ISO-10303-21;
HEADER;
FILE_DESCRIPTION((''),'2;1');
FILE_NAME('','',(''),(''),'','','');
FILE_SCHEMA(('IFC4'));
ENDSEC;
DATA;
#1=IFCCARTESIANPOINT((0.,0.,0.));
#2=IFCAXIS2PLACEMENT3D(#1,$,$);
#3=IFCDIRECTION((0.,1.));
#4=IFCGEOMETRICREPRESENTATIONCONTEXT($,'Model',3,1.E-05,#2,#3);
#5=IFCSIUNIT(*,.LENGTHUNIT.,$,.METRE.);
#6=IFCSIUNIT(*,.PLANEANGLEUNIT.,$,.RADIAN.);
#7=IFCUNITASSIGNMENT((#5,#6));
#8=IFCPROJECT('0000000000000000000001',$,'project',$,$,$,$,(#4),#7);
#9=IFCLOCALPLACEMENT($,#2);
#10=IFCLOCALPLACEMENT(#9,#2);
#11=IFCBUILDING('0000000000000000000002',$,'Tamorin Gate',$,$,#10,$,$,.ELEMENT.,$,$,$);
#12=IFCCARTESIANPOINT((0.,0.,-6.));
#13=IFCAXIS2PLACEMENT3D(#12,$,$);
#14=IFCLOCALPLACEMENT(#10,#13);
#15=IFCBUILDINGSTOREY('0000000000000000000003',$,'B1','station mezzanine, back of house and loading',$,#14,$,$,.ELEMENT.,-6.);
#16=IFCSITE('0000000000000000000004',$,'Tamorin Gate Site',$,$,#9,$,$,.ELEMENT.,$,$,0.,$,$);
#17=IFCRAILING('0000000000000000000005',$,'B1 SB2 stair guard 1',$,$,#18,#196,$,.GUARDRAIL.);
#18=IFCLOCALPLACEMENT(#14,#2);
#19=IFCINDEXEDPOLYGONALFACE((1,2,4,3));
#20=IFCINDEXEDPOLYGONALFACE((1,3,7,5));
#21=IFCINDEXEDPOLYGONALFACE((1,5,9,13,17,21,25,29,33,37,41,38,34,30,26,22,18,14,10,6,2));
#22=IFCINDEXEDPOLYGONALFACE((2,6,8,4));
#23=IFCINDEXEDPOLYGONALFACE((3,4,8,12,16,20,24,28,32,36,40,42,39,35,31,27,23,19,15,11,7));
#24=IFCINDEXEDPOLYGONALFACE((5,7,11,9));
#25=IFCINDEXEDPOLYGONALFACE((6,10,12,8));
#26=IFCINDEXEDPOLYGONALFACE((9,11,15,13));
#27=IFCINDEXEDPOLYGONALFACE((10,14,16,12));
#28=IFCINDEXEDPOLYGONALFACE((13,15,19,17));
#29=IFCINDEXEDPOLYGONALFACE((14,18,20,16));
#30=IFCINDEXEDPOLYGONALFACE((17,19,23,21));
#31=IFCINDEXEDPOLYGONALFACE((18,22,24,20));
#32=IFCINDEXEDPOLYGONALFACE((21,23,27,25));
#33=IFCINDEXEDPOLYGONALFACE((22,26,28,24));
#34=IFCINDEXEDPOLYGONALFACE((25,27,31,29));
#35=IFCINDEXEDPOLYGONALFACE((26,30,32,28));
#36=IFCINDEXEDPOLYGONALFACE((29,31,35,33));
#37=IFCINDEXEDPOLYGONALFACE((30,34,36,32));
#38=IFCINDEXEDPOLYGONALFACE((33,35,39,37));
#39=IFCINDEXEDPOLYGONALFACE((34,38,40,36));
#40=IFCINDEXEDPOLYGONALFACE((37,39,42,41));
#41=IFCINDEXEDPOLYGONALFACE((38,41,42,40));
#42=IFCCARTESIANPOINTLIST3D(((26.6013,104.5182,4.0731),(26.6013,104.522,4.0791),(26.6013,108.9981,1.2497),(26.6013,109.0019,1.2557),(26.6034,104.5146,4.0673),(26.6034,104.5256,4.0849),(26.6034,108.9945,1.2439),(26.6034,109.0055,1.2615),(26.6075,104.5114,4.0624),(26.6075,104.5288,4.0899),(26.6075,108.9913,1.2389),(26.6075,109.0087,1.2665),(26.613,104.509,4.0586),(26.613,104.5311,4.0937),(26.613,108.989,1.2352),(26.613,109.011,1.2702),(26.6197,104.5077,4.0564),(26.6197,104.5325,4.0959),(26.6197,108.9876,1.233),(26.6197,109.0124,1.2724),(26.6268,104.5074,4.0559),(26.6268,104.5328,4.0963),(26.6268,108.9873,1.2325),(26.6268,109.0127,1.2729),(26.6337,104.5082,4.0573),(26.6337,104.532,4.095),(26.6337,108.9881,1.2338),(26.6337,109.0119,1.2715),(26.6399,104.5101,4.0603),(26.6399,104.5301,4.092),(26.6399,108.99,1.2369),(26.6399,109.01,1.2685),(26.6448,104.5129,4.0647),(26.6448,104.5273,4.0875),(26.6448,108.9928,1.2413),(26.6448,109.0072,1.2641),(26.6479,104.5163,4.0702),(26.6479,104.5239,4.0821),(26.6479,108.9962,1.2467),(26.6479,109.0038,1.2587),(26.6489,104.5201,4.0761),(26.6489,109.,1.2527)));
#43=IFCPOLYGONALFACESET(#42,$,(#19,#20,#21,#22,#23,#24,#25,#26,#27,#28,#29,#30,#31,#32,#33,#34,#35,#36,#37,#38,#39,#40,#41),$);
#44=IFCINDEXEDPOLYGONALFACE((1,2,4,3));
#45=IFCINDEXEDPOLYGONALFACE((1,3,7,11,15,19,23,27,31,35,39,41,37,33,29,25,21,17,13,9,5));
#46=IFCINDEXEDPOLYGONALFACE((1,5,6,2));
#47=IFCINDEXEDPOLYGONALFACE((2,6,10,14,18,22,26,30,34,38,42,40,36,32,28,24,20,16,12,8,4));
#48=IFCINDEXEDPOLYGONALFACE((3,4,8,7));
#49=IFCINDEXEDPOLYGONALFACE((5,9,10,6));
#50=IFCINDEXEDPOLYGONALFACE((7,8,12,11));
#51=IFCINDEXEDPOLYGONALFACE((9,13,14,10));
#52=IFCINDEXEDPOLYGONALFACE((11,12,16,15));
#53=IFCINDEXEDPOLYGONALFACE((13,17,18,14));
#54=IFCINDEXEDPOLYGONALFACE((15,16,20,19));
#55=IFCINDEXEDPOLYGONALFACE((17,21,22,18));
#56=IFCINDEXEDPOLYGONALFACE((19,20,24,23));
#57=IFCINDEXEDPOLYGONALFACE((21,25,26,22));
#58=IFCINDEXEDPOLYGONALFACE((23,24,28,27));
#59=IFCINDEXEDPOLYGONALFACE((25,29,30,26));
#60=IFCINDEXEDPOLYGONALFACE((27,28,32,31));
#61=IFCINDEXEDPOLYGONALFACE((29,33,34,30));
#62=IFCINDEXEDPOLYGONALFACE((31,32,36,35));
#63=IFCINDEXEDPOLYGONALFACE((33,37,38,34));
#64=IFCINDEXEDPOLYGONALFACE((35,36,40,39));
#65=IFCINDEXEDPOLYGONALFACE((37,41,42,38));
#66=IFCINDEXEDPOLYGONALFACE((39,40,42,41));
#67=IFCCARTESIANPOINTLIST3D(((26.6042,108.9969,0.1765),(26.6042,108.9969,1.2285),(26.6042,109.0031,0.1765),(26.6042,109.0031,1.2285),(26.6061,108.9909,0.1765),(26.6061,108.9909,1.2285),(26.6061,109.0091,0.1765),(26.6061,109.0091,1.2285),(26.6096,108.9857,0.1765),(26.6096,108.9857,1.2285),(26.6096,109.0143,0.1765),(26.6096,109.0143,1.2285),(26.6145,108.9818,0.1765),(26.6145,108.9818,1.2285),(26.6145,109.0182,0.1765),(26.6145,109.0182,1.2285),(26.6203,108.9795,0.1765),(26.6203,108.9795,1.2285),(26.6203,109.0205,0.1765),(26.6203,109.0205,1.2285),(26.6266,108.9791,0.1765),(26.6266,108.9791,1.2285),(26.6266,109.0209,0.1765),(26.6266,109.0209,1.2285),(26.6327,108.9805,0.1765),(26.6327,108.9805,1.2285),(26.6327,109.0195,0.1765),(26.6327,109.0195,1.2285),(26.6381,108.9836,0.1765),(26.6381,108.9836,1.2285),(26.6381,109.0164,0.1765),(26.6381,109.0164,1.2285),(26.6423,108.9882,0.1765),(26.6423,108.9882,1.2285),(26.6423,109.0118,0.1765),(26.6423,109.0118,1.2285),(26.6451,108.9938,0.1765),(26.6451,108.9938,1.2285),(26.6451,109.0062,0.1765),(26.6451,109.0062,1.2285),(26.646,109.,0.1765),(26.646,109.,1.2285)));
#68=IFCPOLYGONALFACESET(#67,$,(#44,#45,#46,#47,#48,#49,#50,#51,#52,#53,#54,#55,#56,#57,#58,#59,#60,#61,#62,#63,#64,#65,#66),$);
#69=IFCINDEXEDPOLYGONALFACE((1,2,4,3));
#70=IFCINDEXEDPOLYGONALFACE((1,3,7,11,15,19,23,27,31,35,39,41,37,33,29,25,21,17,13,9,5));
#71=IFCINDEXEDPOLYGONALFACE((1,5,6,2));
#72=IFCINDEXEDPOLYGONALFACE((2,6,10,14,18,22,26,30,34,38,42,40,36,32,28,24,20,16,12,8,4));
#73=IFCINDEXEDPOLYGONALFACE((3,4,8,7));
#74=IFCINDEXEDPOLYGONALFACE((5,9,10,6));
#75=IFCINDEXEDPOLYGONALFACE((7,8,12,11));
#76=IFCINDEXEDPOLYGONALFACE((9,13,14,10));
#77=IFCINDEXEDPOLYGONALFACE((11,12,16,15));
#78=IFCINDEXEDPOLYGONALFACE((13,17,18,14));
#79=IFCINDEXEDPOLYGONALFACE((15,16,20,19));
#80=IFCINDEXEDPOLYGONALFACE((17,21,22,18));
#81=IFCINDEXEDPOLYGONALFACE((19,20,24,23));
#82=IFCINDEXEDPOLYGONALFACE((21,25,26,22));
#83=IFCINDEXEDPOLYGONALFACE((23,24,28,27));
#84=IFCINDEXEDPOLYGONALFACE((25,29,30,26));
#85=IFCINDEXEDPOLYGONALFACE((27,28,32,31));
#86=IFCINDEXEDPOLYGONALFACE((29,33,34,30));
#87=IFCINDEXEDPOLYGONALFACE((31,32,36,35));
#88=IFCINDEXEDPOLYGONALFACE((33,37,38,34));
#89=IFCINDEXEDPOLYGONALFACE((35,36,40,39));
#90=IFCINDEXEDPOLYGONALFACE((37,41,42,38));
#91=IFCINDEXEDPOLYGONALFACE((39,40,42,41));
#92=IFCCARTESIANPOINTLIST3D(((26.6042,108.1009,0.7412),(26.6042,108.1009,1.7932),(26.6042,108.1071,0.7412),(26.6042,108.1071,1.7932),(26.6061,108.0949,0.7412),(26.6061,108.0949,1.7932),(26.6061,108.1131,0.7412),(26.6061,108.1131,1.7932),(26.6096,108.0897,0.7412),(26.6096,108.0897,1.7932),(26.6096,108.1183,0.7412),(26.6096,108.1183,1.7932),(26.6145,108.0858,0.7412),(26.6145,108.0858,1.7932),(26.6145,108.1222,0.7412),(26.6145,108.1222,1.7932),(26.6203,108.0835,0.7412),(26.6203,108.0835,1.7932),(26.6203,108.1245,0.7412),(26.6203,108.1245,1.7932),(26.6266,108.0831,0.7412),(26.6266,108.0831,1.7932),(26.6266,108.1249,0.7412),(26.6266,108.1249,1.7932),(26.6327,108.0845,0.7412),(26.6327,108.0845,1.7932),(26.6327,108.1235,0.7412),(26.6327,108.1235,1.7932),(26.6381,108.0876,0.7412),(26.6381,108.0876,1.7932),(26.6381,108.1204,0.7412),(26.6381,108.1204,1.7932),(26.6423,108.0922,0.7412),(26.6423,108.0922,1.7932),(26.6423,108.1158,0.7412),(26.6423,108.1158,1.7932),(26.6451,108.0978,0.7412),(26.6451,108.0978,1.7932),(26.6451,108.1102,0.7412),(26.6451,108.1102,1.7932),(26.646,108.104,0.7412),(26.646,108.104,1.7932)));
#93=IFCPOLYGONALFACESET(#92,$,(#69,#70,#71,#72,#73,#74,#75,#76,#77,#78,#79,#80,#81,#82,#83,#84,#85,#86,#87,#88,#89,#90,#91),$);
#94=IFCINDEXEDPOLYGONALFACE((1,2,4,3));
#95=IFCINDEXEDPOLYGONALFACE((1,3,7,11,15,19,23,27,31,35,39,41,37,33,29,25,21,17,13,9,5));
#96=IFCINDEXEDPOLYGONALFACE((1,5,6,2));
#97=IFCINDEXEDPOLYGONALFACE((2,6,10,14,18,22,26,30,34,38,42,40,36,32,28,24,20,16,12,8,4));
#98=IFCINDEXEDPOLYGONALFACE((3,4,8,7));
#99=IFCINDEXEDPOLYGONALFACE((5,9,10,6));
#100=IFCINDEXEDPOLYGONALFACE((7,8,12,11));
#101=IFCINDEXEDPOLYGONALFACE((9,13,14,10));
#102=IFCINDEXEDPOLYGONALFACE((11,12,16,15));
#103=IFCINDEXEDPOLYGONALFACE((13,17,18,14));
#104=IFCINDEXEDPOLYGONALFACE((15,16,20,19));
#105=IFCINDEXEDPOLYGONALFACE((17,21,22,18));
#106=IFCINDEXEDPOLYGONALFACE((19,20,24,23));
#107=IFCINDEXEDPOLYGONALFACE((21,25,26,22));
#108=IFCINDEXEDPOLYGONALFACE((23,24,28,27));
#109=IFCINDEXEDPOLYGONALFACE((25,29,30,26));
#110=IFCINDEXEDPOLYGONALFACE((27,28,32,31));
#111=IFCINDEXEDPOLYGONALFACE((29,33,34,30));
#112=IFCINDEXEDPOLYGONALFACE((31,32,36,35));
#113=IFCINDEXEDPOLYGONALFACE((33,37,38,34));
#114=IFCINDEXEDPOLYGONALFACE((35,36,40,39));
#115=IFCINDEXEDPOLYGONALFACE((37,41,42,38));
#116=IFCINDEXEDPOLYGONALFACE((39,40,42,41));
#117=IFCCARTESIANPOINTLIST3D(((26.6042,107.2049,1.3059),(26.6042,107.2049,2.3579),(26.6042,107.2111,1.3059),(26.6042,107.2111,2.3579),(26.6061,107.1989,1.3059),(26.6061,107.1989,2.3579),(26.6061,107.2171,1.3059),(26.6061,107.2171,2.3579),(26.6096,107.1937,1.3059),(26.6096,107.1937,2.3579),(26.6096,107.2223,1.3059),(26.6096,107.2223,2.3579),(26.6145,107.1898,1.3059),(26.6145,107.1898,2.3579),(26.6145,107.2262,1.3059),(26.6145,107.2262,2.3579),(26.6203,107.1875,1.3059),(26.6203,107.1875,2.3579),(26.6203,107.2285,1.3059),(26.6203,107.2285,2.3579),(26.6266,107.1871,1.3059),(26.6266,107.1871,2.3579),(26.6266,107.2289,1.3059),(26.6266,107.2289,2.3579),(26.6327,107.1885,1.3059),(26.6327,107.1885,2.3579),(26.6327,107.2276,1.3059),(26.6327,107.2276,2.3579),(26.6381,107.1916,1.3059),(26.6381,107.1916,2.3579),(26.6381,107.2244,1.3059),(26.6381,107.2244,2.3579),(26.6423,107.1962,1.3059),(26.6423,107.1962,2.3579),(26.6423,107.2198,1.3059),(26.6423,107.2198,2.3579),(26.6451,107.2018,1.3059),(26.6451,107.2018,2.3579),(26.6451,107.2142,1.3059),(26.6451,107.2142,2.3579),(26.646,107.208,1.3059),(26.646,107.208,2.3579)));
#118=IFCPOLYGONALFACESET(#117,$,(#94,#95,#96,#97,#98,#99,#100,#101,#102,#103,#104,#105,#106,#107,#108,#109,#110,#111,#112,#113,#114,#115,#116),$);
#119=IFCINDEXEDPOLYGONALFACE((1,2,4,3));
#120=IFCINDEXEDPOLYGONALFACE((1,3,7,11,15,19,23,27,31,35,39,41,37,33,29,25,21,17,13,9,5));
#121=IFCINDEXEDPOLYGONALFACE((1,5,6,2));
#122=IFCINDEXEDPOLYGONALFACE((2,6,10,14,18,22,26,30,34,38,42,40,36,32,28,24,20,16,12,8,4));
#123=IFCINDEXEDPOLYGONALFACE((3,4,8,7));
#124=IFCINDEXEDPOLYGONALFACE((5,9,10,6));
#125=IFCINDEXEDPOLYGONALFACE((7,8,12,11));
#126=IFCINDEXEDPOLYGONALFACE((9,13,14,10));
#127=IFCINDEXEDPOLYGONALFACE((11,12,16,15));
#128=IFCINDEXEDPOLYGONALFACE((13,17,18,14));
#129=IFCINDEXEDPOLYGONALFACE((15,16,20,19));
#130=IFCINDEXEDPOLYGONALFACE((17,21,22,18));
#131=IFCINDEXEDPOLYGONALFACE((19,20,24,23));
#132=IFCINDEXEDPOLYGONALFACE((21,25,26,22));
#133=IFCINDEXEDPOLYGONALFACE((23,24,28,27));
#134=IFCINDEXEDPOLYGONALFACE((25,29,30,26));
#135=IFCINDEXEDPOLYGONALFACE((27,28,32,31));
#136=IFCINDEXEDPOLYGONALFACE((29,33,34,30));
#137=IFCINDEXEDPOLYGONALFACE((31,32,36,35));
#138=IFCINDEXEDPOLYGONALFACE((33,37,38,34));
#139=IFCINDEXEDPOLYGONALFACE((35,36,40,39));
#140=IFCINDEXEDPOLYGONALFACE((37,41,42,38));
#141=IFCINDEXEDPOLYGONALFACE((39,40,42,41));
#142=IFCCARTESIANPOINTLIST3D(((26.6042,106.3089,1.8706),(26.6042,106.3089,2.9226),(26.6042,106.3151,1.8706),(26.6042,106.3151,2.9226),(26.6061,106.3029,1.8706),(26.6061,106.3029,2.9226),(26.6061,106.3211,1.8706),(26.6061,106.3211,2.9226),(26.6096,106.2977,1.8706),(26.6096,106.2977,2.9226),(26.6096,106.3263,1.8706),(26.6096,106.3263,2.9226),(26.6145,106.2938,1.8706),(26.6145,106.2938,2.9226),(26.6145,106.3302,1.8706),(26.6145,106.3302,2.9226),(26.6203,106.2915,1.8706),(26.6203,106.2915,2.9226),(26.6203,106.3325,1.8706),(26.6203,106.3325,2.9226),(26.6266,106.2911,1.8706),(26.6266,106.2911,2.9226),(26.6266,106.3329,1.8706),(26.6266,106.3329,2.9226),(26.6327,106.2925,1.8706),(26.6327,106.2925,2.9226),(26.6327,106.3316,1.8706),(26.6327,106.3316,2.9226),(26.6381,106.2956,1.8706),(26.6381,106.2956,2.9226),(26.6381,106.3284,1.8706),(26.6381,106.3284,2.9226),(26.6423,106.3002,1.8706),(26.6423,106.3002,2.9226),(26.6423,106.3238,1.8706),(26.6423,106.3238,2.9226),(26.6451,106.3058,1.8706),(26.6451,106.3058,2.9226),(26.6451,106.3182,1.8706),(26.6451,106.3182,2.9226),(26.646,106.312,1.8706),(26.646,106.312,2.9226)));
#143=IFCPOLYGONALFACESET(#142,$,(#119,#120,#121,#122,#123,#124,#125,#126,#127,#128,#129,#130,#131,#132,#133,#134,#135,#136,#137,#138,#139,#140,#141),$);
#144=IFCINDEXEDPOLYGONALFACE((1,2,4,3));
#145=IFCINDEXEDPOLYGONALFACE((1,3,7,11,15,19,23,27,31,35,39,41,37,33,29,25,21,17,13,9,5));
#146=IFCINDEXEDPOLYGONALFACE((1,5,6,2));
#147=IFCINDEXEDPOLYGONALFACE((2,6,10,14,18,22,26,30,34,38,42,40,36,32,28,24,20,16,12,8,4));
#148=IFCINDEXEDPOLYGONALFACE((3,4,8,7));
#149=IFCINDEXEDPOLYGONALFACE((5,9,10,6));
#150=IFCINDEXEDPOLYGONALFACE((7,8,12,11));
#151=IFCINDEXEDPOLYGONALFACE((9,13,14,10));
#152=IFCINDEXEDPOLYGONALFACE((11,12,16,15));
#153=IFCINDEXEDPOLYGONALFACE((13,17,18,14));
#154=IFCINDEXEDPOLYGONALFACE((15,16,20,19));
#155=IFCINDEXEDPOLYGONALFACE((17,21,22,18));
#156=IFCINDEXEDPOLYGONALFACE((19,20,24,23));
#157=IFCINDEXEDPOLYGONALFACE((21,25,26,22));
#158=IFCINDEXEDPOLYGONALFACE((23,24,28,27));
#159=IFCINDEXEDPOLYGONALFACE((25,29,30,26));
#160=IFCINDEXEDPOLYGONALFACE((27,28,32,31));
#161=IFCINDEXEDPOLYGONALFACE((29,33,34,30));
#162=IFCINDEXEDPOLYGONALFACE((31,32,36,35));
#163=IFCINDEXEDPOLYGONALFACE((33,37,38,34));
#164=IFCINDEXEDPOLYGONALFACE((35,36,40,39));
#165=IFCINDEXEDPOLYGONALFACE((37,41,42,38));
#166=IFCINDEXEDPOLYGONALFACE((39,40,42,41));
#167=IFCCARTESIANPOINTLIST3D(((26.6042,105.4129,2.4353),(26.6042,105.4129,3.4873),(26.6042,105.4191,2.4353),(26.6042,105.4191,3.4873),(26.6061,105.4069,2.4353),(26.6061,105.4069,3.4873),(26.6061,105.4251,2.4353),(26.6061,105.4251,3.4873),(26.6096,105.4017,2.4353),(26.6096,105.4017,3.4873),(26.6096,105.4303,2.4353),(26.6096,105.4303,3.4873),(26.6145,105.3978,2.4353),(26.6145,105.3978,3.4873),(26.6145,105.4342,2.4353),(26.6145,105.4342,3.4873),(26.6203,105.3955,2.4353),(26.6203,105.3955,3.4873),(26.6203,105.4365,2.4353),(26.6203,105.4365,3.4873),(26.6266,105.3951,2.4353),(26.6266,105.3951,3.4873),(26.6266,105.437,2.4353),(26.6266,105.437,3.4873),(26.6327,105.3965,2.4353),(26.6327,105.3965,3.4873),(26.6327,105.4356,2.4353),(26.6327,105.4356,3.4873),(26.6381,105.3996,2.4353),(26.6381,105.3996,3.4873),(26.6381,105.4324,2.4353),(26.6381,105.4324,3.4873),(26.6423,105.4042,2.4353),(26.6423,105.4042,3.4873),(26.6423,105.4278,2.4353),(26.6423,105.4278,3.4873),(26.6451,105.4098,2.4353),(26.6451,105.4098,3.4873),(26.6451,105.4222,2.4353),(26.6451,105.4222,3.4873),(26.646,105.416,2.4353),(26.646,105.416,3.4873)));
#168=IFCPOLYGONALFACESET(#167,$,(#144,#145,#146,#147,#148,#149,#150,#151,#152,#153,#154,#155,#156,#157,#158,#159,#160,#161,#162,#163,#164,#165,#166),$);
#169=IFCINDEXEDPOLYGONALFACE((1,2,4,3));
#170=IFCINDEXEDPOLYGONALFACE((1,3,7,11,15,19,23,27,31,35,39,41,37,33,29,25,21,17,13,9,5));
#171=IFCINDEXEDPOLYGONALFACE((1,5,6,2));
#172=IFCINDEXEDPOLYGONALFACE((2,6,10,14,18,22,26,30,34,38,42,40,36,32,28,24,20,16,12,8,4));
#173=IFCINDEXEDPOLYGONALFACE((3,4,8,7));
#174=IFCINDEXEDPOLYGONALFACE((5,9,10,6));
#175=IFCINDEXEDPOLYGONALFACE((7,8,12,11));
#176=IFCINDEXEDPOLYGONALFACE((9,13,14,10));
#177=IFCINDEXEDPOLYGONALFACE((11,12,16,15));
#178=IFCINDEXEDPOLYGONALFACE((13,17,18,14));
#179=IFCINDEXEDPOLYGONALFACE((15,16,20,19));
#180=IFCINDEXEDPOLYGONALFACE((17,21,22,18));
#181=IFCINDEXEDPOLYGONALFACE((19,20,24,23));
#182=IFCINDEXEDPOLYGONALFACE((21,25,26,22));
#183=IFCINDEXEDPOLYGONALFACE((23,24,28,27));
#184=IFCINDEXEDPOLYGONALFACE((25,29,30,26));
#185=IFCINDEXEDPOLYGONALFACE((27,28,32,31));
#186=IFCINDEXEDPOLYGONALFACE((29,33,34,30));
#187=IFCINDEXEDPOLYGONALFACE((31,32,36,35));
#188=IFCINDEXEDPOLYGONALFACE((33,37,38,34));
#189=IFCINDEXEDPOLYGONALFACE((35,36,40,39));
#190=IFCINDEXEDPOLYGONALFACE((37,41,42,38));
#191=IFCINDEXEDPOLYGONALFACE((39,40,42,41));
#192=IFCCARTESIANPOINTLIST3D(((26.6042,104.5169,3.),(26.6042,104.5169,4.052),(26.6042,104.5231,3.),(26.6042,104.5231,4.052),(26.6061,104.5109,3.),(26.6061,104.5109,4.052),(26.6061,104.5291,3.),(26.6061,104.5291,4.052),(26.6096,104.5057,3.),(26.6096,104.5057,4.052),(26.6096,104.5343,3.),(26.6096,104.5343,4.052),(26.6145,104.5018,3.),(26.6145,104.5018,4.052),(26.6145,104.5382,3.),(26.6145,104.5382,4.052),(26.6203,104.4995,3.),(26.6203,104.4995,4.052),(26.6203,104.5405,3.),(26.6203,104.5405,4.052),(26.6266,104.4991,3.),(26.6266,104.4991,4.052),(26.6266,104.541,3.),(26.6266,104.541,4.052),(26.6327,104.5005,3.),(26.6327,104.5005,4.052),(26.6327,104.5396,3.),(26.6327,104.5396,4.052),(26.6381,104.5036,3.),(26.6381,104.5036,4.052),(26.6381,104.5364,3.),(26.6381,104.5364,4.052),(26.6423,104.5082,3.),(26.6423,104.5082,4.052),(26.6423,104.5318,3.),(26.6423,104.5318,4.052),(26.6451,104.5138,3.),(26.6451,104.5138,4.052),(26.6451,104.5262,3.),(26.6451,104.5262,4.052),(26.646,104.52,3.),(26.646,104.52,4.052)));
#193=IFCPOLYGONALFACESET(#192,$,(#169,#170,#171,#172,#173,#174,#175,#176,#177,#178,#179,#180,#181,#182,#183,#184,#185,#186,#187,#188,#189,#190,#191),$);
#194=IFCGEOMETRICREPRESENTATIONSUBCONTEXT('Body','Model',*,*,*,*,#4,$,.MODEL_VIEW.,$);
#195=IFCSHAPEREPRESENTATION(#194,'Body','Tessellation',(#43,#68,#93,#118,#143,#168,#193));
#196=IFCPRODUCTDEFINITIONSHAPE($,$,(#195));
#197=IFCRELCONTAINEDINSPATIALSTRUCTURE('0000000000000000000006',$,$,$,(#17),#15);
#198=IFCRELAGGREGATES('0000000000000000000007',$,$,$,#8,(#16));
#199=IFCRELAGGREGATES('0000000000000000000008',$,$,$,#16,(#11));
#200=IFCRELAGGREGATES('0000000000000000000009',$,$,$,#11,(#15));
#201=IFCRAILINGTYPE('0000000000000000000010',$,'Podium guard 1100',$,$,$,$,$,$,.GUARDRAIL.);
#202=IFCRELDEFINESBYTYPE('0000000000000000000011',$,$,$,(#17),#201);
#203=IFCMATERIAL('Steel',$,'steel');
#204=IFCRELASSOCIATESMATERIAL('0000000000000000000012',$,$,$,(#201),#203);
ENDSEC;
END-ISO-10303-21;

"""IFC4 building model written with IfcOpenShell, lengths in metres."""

from ifc_helpers import new_model, si_unit, direction, frame, origin, origin_2d, place, context, subcontext, project, spatial, circle, extrude, material, type_object, element, save


model = new_model("IFC4")

# Units and contexts
model_context = context("Model", 3, precision=1e-05, world=origin(), true_north=direction((0.0, 1.0)))
body_context = subcontext(model_context, "Body", "Model", "MODEL_VIEW")
ifc_project = project(units=[si_unit("LENGTHUNIT", "METRE"), si_unit("PLANEANGLEUNIT", "RADIAN")], contexts=[model_context])

# Site, building, storey
site_placement = place(None, origin())
site = spatial("IfcSite", under=ifc_project, at=site_placement, Name="Tamorin Gate Site", CompositionType="ELEMENT", RefElevation=0.0)
building_placement = place(site_placement, origin())
building = spatial("IfcBuilding", under=site, at=building_placement, Name="Tamorin Gate", CompositionType="ELEMENT")
storey_placement = place(building_placement, frame((0.0, 0.0, -6.0)))
storey = spatial("IfcBuildingStorey", under=building, at=storey_placement, Name="B1", Description="station mezzanine, back of house and loading", CompositionType="ELEMENT", Elevation=-6.0)

# Railing
ifc_material_1 = material(Name="Steel", Category="steel")
railing_type_1 = type_object("IfcRailingType", Name="Podium guard 1100", PredefinedType="GUARDRAIL", material=ifc_material_1)
railing_1_placement = place(storey_placement, frame((26.625, 109.0, 0.1765)))
element("IfcRailing", 1, at=railing_1_placement, inside=storey, type_object=railing_type_1, Name="B1 SB2 stair guard 1", PredefinedType="GUARDRAIL", context=body_context, shape_type="SweptSolid", body=[
    extrude(circle(Radius=0.0239, at=origin_2d()), frame((0.0, 0.0, 1.0762), z_axis=(0.0, -0.845998, 0.533186), x_axis=(1.0, 0.0, 0.0)), (0.0, 0.0, 1.0), 5.2954),
    extrude(circle(Radius=0.021, at=origin_2d()), origin(), (0.0, 0.0, 1.0), 1.052),
    extrude(circle(Radius=0.021, at=origin_2d()), frame((0.0, -0.896, 0.5647)), (0.0, 0.0, 1.0), 1.052),
    extrude(circle(Radius=0.021, at=origin_2d()), frame((0.0, -1.792, 1.1294)), (0.0, 0.0, 1.0), 1.052),
    extrude(circle(Radius=0.021, at=origin_2d()), frame((0.0, -2.688, 1.6941)), (0.0, 0.0, 1.0), 1.052),
    extrude(circle(Radius=0.021, at=origin_2d()), frame((0.0, -3.584, 2.2588)), (0.0, 0.0, 1.0), 1.052),
    extrude(circle(Radius=0.021, at=origin_2d()), frame((0.0, -4.48, 2.8235)), (0.0, 0.0, 1.0), 1.052),
])

save(model, "model.ifc")
